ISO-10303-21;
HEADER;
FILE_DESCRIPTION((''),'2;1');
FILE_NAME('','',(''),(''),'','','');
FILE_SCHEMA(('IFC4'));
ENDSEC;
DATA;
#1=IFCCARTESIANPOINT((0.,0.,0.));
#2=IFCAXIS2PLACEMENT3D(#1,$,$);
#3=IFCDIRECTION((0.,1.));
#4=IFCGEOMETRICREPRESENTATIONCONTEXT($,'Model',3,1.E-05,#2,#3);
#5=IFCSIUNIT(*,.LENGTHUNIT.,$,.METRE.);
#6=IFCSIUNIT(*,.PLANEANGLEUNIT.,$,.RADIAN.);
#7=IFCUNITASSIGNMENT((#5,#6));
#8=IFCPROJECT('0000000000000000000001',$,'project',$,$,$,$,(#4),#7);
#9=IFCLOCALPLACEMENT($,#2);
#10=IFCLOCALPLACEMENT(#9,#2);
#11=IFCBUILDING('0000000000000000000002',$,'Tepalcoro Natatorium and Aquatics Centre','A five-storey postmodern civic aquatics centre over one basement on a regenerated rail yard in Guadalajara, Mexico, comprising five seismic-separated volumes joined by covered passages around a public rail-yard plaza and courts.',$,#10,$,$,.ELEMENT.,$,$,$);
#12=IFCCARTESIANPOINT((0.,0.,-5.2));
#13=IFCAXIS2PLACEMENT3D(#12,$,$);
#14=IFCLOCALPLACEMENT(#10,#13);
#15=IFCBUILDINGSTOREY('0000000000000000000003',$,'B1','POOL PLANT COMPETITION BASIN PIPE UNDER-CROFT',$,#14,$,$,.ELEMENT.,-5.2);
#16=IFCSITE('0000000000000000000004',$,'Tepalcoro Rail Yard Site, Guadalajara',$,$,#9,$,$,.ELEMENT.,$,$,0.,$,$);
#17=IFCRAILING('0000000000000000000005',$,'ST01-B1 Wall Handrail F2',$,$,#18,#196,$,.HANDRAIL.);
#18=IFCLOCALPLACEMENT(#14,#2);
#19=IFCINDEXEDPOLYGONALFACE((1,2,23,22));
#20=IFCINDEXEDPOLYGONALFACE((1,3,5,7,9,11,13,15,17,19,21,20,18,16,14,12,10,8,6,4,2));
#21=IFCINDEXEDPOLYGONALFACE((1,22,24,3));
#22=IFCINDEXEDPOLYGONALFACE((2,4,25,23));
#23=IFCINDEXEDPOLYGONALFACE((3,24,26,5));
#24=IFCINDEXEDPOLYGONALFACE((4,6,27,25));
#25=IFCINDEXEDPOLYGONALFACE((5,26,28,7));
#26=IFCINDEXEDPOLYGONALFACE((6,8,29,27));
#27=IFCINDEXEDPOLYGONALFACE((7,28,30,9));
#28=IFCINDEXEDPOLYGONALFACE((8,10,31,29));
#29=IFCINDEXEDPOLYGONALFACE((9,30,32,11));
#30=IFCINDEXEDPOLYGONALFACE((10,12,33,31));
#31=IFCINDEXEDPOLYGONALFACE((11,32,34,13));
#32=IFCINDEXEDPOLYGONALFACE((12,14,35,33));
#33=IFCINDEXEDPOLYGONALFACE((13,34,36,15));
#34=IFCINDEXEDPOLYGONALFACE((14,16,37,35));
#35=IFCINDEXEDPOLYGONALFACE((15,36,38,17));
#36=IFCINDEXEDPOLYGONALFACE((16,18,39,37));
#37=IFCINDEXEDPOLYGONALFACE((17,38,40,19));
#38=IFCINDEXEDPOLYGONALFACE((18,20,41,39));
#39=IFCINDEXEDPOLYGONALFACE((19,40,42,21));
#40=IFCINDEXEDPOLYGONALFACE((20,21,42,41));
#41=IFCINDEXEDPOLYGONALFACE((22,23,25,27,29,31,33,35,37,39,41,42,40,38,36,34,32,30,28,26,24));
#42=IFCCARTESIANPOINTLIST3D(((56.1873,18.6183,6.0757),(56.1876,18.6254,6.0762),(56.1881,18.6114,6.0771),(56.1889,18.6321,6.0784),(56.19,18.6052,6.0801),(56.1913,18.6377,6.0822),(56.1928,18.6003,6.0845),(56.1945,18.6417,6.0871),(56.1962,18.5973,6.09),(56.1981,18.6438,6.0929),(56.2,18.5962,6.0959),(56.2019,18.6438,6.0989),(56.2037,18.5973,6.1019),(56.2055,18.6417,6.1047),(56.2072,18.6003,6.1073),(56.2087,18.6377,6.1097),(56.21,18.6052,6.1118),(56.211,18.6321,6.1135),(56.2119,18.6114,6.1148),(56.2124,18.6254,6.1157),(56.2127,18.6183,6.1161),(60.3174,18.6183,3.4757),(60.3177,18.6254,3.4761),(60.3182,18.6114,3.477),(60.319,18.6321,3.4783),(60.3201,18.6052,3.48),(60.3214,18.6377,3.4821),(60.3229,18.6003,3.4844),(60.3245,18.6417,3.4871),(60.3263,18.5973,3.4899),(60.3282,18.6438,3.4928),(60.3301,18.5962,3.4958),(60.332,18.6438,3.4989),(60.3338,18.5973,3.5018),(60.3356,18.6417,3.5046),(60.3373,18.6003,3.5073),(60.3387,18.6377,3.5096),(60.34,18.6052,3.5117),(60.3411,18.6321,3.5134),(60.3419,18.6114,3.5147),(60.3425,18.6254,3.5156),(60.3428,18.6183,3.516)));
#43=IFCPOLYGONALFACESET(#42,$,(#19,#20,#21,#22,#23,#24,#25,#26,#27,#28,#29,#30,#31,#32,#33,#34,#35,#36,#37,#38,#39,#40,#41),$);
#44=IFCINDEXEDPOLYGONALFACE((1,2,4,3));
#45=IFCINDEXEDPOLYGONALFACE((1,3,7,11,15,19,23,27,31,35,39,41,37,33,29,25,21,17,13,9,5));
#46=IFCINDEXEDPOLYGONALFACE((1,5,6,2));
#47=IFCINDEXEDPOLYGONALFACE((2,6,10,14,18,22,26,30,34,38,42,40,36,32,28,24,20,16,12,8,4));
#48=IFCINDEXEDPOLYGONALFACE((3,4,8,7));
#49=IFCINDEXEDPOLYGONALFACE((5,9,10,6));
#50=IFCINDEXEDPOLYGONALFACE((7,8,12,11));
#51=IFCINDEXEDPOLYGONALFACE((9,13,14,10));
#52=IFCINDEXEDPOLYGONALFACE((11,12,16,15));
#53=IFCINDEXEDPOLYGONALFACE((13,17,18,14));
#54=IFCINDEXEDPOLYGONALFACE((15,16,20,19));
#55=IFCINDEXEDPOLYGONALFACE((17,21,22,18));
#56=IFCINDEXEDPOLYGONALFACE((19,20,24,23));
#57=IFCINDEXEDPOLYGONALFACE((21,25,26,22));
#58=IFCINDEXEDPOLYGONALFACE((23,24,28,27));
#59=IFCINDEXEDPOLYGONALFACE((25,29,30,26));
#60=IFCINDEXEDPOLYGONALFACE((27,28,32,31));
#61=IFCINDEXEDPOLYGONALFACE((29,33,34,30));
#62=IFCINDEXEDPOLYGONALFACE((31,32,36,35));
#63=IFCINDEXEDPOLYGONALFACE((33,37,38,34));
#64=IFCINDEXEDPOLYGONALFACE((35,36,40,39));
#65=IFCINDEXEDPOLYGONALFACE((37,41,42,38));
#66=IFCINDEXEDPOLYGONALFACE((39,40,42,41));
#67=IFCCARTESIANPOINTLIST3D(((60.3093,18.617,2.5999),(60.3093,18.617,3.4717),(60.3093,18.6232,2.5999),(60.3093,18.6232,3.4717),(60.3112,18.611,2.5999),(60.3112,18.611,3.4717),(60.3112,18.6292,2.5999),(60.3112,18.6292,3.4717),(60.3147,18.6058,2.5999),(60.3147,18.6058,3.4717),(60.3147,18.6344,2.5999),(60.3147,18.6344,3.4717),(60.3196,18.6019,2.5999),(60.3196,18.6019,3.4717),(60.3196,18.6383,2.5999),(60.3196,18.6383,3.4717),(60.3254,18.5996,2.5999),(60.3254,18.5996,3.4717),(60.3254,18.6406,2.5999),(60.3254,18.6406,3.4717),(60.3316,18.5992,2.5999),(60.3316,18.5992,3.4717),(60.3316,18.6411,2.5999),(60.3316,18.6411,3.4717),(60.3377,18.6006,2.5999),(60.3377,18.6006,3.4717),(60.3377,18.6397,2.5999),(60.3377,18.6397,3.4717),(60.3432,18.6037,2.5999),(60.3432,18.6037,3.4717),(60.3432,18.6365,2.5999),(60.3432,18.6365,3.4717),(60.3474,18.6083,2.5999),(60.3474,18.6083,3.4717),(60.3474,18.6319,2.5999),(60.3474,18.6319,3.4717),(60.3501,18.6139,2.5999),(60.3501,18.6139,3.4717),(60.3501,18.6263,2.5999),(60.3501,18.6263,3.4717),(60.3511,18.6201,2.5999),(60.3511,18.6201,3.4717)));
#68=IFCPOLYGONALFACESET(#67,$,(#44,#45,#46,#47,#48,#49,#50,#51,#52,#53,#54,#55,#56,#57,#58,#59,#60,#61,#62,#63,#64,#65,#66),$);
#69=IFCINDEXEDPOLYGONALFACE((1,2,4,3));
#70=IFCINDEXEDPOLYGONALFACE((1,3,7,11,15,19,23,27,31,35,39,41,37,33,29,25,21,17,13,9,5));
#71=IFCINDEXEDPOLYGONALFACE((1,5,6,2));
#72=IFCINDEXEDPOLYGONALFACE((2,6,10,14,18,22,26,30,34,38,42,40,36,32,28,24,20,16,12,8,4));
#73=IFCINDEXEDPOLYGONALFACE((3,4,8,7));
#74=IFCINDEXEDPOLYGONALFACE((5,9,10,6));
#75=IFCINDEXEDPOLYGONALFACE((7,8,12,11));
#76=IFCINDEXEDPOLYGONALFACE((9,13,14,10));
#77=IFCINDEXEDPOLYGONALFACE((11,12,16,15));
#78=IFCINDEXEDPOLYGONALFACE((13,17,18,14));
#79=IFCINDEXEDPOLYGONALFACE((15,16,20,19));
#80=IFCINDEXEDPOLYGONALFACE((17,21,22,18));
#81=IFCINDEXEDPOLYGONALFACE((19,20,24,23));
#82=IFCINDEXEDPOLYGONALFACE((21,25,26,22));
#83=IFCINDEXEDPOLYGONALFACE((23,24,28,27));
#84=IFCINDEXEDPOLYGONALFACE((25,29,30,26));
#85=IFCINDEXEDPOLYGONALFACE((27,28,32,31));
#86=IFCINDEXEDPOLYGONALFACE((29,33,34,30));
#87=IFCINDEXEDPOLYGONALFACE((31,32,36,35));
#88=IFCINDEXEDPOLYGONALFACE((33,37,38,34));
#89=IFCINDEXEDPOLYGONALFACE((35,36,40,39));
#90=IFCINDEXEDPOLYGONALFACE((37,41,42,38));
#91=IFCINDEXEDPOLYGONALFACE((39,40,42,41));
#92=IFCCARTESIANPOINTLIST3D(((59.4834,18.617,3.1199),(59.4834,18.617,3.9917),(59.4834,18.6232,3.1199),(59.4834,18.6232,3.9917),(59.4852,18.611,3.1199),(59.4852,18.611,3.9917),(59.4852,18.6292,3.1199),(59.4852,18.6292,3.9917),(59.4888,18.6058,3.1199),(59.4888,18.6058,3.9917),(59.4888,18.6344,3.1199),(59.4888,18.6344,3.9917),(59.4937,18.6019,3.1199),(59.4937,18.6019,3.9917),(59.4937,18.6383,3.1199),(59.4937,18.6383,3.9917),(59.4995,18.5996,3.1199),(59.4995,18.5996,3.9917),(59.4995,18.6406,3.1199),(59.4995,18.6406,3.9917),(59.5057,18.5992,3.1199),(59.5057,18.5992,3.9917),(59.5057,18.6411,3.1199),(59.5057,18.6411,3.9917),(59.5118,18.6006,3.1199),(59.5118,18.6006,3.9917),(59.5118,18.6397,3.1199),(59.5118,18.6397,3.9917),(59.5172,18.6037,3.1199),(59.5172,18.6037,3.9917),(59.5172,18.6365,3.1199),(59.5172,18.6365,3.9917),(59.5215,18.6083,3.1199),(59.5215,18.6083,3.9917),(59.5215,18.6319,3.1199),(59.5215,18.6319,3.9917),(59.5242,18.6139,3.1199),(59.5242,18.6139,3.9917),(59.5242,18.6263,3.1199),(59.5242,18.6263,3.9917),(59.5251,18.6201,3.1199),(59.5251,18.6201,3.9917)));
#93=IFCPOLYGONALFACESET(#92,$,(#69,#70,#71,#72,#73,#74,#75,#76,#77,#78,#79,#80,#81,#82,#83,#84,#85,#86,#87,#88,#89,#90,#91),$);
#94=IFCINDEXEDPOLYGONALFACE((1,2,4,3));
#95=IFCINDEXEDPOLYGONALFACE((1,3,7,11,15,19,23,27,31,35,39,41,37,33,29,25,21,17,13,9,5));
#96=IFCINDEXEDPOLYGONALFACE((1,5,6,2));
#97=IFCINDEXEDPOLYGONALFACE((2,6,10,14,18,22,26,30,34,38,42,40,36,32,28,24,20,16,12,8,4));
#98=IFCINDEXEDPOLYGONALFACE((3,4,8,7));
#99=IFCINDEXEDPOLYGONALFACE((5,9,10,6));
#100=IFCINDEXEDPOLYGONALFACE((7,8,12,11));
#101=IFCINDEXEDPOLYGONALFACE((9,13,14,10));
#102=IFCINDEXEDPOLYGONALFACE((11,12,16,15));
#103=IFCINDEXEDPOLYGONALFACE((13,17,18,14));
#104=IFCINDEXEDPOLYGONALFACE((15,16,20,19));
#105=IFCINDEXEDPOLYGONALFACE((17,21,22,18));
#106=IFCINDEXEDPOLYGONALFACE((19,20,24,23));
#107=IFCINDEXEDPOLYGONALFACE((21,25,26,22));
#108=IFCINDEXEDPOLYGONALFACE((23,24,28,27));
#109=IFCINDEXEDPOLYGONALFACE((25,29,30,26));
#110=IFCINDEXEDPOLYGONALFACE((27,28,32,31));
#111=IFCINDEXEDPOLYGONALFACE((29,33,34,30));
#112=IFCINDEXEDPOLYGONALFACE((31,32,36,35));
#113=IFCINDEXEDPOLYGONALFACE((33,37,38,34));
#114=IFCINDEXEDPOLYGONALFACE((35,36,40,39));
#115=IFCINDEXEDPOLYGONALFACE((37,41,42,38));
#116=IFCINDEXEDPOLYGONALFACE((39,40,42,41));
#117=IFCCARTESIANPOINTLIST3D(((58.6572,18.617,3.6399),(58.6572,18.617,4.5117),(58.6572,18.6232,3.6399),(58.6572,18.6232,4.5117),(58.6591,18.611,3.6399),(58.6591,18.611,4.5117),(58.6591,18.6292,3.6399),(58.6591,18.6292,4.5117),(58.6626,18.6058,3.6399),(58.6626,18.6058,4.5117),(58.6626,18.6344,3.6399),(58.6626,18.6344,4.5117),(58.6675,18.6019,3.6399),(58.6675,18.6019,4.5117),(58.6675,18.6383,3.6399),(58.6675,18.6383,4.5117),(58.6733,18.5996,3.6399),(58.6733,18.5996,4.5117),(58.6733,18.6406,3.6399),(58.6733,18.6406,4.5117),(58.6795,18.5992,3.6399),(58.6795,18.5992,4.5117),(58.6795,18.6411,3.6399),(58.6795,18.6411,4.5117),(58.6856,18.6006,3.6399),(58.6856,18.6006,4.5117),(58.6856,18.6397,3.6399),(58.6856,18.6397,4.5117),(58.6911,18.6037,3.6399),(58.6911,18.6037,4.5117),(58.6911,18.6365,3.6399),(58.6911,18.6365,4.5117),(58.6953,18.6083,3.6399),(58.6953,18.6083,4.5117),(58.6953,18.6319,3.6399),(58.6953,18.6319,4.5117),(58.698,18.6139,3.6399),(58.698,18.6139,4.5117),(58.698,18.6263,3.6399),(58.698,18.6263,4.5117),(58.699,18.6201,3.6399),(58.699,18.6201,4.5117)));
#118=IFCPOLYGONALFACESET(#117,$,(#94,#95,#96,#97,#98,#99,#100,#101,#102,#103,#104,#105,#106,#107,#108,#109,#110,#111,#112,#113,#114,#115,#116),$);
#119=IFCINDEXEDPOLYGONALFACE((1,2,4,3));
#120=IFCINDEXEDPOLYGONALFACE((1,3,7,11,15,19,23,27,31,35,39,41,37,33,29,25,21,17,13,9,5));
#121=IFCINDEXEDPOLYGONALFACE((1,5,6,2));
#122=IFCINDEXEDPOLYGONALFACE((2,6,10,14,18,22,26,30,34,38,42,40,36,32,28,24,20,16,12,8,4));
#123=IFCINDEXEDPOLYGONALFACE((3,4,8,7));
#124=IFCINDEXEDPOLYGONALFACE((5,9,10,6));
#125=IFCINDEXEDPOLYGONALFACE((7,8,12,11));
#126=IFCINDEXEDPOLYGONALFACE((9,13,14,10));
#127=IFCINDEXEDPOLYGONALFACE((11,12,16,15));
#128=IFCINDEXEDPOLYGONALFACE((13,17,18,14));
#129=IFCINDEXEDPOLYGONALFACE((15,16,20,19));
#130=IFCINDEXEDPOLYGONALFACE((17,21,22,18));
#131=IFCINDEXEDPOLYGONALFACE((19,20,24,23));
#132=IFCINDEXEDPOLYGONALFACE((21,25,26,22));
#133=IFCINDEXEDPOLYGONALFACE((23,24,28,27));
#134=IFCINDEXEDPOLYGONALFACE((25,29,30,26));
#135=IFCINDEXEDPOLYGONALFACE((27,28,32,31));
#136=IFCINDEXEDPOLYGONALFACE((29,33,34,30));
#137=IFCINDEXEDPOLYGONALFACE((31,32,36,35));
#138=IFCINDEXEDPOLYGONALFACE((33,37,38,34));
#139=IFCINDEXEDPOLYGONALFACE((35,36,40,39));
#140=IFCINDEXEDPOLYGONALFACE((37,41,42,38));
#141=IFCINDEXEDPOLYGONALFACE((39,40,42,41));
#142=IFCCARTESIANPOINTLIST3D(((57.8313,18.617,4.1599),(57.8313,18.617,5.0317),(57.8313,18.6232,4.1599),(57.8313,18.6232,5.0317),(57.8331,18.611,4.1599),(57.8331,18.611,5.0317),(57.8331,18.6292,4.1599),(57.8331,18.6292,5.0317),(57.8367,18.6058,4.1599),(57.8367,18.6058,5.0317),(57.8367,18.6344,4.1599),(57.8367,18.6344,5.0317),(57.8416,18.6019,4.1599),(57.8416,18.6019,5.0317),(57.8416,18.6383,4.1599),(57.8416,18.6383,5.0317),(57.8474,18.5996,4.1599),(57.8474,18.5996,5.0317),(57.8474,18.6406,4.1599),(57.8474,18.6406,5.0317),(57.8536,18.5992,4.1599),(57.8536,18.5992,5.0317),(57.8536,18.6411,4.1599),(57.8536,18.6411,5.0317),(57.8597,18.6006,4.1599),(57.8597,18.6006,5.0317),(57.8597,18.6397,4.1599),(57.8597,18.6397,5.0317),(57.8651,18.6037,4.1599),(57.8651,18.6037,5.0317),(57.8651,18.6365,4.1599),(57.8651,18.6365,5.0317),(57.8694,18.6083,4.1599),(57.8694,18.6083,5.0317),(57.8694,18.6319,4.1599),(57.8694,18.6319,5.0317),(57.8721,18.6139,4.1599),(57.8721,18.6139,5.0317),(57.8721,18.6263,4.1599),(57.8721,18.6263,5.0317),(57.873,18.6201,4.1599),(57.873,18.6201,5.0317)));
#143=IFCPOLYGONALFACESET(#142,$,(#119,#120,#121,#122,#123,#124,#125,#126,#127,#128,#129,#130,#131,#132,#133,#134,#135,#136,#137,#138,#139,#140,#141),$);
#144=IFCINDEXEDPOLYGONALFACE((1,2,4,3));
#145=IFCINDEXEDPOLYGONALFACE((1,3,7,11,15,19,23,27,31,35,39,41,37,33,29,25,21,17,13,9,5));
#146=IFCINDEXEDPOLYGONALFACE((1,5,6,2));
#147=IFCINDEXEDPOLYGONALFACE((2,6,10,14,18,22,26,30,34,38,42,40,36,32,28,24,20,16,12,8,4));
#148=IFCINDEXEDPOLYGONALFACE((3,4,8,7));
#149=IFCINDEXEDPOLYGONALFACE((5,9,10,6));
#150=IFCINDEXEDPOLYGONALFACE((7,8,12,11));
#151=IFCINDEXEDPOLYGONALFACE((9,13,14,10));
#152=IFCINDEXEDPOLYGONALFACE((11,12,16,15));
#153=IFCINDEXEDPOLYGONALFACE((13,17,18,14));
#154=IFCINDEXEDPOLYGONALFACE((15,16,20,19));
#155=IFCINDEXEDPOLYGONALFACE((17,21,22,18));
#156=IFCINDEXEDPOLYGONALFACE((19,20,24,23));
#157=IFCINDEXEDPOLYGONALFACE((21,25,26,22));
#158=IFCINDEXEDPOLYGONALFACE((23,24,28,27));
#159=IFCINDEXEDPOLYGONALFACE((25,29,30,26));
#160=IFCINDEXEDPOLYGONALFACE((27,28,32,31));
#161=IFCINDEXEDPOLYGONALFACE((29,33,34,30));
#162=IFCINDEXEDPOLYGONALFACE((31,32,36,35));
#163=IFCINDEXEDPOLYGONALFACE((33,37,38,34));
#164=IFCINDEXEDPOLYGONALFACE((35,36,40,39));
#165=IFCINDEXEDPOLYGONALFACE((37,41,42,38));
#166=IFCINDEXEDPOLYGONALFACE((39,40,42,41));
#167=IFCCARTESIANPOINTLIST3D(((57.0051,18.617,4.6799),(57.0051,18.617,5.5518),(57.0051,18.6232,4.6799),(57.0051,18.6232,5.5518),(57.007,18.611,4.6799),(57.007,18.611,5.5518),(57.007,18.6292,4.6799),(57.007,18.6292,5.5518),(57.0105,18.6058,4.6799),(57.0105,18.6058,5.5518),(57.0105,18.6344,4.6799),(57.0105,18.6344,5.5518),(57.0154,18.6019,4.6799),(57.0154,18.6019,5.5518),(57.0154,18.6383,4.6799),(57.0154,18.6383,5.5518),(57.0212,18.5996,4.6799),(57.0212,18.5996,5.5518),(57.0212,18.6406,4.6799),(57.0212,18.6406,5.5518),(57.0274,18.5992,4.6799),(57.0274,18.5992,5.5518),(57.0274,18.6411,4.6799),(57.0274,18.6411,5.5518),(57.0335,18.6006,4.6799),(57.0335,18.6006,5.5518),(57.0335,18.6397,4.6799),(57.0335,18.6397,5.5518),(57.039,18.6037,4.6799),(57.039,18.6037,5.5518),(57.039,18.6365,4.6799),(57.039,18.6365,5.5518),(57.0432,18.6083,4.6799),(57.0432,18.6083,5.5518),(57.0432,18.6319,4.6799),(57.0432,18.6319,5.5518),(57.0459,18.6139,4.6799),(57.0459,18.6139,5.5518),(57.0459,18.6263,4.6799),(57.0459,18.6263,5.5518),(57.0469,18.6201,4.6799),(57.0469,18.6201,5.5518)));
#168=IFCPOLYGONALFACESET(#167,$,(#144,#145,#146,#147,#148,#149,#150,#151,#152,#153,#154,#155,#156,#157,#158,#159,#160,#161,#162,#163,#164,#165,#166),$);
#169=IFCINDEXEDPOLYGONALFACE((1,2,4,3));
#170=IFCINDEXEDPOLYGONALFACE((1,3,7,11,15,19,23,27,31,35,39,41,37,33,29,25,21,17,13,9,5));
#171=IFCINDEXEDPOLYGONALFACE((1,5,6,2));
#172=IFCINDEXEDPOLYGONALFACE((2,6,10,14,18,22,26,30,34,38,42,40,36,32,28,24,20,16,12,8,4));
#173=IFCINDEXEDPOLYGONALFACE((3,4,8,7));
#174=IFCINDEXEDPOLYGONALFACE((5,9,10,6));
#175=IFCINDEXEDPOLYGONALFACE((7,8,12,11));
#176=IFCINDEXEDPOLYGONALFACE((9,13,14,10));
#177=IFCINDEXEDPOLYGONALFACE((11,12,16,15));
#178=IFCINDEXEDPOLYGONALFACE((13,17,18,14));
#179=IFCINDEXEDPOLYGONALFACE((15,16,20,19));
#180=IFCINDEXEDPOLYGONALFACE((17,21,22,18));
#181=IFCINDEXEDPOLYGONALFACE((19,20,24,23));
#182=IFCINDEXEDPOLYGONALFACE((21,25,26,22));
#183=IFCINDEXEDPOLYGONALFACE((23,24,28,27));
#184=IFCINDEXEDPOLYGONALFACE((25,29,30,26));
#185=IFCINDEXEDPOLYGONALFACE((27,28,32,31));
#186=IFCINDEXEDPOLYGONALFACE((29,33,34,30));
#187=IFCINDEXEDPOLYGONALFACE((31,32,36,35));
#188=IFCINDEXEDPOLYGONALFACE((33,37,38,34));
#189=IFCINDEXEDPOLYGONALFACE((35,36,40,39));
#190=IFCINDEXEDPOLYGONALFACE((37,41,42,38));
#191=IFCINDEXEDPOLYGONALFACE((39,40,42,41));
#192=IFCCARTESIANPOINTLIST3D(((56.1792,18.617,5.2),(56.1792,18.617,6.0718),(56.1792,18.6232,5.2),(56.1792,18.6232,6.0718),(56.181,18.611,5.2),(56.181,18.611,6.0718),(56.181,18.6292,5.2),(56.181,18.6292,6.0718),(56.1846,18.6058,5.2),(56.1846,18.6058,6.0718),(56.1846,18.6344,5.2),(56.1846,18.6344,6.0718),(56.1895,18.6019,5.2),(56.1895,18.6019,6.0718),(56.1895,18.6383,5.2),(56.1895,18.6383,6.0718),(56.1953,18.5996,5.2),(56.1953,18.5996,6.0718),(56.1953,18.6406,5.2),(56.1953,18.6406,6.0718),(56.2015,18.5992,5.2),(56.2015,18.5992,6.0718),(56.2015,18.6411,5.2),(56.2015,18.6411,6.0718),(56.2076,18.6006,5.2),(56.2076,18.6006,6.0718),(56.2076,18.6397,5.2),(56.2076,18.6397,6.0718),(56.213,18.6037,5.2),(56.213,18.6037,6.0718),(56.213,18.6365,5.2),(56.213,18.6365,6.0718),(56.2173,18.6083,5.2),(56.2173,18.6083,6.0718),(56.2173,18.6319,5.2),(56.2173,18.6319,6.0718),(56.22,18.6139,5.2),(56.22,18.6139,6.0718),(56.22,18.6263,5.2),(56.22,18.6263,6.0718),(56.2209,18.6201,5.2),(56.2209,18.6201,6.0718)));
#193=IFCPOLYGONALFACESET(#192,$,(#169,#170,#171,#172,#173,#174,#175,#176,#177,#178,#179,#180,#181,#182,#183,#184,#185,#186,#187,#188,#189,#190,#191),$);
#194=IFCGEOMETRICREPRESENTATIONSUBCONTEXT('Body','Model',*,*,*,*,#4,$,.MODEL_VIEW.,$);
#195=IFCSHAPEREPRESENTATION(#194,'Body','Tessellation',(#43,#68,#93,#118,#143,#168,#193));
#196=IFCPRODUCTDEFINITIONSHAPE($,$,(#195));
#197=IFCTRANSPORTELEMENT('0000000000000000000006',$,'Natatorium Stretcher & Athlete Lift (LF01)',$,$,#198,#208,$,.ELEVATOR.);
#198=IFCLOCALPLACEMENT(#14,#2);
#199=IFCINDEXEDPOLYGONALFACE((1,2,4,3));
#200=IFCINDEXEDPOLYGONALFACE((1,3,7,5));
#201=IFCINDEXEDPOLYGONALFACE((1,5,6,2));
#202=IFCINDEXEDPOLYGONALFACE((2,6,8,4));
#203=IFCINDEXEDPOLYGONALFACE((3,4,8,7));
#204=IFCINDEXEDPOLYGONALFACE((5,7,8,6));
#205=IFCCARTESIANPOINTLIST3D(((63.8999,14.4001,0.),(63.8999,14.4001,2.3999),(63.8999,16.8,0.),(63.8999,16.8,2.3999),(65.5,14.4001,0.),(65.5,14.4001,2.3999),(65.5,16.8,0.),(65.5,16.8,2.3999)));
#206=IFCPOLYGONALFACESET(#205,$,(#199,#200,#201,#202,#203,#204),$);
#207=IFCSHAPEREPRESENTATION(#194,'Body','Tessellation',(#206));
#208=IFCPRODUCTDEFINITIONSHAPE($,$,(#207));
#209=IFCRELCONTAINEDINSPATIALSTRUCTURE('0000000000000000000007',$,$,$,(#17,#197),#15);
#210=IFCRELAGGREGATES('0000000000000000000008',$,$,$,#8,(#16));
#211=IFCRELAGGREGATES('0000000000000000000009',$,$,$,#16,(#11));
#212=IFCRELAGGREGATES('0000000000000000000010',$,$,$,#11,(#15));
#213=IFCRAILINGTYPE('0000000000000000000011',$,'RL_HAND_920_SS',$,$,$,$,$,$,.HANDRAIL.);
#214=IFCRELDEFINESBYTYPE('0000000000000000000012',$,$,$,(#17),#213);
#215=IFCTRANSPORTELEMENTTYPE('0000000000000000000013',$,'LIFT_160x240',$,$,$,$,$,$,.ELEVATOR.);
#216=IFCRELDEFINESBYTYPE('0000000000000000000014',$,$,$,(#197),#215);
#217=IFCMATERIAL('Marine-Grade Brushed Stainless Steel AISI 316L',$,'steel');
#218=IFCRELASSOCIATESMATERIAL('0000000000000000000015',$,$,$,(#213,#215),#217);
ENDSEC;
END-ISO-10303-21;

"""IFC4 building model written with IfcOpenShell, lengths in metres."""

from ifc_helpers import new_model, si_unit, direction, frame, origin, origin_2d, place, context, subcontext, project, spatial, rectangle, circle, extrude, material, type_object, element, save


model = new_model("IFC4")

# Units and contexts
model_context = context("Model", 3, precision=1e-05, world=origin(), true_north=direction((0.0, 1.0)))
body_context = subcontext(model_context, "Body", "Model", "MODEL_VIEW")
ifc_project = project(units=[si_unit("LENGTHUNIT", "METRE"), si_unit("PLANEANGLEUNIT", "RADIAN")], contexts=[model_context])

# Site, building, storey
site_placement = place(None, origin())
site = spatial("IfcSite", under=ifc_project, at=site_placement, Name="Tepalcoro Rail Yard Site, Guadalajara", CompositionType="ELEMENT", RefElevation=0.0)
building_placement = place(site_placement, origin())
building = spatial("IfcBuilding", under=site, at=building_placement, Name="Tepalcoro Natatorium and Aquatics Centre", Description="A five-storey postmodern civic aquatics centre over one basement on a regenerated rail yard in Guadalajara, Mexico, comprising five seismic-separated volumes joined by covered passages around a public rail-yard plaza and courts.", CompositionType="ELEMENT")
storey_placement = place(building_placement, frame((0.0, 0.0, -5.2)))
storey = spatial("IfcBuildingStorey", under=building, at=storey_placement, Name="B1", Description="POOL PLANT COMPETITION BASIN PIPE UNDER-CROFT", CompositionType="ELEMENT", Elevation=-5.2)

# Shared definitions
ifc_material_1 = material(Name="Marine-Grade Brushed Stainless Steel AISI 316L", Category="steel")

# Railing
railing_type_1 = type_object("IfcRailingType", Name="RL_HAND_920_SS", PredefinedType="HANDRAIL", material=ifc_material_1)
railing_1_placement = place(storey_placement, frame((60.3301, 18.6201, 2.5999)))
element("IfcRailing", 1, at=railing_1_placement, inside=storey, type_object=railing_type_1, Name="ST01-B1 Wall Handrail F2", PredefinedType="HANDRAIL", context=body_context, shape_type="SweptSolid", body=[
    extrude(circle(Radius=0.0239, at=origin_2d()), frame((0.0, 0.0, 0.896), z_axis=(-0.846265, 0.0, 0.532762), x_axis=(0.0, -1.0, 0.0)), (0.0, 0.0, 1.0), 4.8804),
    extrude(circle(Radius=0.021, at=origin_2d()), origin(), (0.0, 0.0, 1.0), 0.8718),
    extrude(circle(Radius=0.021, at=origin_2d()), frame((-0.8259, 0.0, 0.52)), (0.0, 0.0, 1.0), 0.8718),
    extrude(circle(Radius=0.021, at=origin_2d()), frame((-1.6521, 0.0, 1.04)), (0.0, 0.0, 1.0), 0.8718),
    extrude(circle(Radius=0.021, at=origin_2d()), frame((-2.478, 0.0, 1.5601)), (0.0, 0.0, 1.0), 0.8718),
    extrude(circle(Radius=0.021, at=origin_2d()), frame((-3.3042, 0.0, 2.0801)), (0.0, 0.0, 1.0), 0.8718),
    extrude(circle(Radius=0.021, at=origin_2d()), frame((-4.1301, 0.0, 2.6001)), (0.0, 0.0, 1.0), 0.8718),
])

# Transport element
transport_element_type = type_object("IfcTransportElementType", Name="LIFT_160x240", PredefinedType="ELEVATOR", material=ifc_material_1)
transport_element_placement = place(storey_placement, frame((64.7, 15.6001, 0.0), z_axis=(0.0, 0.0, 1.0), x_axis=(1.0, 0.0, 0.0)))
element("IfcTransportElement", 2, at=transport_element_placement, inside=storey, type_object=transport_element_type, Name="Natatorium Stretcher & Athlete Lift (LF01)", PredefinedType="ELEVATOR", context=body_context, shape_type="SweptSolid", body=[
    extrude(rectangle(XDim=1.6001, YDim=2.3999, at=origin_2d()), origin(), (0.0, 0.0, 1.0), 2.3999),
])

save(model, "model.ifc")
